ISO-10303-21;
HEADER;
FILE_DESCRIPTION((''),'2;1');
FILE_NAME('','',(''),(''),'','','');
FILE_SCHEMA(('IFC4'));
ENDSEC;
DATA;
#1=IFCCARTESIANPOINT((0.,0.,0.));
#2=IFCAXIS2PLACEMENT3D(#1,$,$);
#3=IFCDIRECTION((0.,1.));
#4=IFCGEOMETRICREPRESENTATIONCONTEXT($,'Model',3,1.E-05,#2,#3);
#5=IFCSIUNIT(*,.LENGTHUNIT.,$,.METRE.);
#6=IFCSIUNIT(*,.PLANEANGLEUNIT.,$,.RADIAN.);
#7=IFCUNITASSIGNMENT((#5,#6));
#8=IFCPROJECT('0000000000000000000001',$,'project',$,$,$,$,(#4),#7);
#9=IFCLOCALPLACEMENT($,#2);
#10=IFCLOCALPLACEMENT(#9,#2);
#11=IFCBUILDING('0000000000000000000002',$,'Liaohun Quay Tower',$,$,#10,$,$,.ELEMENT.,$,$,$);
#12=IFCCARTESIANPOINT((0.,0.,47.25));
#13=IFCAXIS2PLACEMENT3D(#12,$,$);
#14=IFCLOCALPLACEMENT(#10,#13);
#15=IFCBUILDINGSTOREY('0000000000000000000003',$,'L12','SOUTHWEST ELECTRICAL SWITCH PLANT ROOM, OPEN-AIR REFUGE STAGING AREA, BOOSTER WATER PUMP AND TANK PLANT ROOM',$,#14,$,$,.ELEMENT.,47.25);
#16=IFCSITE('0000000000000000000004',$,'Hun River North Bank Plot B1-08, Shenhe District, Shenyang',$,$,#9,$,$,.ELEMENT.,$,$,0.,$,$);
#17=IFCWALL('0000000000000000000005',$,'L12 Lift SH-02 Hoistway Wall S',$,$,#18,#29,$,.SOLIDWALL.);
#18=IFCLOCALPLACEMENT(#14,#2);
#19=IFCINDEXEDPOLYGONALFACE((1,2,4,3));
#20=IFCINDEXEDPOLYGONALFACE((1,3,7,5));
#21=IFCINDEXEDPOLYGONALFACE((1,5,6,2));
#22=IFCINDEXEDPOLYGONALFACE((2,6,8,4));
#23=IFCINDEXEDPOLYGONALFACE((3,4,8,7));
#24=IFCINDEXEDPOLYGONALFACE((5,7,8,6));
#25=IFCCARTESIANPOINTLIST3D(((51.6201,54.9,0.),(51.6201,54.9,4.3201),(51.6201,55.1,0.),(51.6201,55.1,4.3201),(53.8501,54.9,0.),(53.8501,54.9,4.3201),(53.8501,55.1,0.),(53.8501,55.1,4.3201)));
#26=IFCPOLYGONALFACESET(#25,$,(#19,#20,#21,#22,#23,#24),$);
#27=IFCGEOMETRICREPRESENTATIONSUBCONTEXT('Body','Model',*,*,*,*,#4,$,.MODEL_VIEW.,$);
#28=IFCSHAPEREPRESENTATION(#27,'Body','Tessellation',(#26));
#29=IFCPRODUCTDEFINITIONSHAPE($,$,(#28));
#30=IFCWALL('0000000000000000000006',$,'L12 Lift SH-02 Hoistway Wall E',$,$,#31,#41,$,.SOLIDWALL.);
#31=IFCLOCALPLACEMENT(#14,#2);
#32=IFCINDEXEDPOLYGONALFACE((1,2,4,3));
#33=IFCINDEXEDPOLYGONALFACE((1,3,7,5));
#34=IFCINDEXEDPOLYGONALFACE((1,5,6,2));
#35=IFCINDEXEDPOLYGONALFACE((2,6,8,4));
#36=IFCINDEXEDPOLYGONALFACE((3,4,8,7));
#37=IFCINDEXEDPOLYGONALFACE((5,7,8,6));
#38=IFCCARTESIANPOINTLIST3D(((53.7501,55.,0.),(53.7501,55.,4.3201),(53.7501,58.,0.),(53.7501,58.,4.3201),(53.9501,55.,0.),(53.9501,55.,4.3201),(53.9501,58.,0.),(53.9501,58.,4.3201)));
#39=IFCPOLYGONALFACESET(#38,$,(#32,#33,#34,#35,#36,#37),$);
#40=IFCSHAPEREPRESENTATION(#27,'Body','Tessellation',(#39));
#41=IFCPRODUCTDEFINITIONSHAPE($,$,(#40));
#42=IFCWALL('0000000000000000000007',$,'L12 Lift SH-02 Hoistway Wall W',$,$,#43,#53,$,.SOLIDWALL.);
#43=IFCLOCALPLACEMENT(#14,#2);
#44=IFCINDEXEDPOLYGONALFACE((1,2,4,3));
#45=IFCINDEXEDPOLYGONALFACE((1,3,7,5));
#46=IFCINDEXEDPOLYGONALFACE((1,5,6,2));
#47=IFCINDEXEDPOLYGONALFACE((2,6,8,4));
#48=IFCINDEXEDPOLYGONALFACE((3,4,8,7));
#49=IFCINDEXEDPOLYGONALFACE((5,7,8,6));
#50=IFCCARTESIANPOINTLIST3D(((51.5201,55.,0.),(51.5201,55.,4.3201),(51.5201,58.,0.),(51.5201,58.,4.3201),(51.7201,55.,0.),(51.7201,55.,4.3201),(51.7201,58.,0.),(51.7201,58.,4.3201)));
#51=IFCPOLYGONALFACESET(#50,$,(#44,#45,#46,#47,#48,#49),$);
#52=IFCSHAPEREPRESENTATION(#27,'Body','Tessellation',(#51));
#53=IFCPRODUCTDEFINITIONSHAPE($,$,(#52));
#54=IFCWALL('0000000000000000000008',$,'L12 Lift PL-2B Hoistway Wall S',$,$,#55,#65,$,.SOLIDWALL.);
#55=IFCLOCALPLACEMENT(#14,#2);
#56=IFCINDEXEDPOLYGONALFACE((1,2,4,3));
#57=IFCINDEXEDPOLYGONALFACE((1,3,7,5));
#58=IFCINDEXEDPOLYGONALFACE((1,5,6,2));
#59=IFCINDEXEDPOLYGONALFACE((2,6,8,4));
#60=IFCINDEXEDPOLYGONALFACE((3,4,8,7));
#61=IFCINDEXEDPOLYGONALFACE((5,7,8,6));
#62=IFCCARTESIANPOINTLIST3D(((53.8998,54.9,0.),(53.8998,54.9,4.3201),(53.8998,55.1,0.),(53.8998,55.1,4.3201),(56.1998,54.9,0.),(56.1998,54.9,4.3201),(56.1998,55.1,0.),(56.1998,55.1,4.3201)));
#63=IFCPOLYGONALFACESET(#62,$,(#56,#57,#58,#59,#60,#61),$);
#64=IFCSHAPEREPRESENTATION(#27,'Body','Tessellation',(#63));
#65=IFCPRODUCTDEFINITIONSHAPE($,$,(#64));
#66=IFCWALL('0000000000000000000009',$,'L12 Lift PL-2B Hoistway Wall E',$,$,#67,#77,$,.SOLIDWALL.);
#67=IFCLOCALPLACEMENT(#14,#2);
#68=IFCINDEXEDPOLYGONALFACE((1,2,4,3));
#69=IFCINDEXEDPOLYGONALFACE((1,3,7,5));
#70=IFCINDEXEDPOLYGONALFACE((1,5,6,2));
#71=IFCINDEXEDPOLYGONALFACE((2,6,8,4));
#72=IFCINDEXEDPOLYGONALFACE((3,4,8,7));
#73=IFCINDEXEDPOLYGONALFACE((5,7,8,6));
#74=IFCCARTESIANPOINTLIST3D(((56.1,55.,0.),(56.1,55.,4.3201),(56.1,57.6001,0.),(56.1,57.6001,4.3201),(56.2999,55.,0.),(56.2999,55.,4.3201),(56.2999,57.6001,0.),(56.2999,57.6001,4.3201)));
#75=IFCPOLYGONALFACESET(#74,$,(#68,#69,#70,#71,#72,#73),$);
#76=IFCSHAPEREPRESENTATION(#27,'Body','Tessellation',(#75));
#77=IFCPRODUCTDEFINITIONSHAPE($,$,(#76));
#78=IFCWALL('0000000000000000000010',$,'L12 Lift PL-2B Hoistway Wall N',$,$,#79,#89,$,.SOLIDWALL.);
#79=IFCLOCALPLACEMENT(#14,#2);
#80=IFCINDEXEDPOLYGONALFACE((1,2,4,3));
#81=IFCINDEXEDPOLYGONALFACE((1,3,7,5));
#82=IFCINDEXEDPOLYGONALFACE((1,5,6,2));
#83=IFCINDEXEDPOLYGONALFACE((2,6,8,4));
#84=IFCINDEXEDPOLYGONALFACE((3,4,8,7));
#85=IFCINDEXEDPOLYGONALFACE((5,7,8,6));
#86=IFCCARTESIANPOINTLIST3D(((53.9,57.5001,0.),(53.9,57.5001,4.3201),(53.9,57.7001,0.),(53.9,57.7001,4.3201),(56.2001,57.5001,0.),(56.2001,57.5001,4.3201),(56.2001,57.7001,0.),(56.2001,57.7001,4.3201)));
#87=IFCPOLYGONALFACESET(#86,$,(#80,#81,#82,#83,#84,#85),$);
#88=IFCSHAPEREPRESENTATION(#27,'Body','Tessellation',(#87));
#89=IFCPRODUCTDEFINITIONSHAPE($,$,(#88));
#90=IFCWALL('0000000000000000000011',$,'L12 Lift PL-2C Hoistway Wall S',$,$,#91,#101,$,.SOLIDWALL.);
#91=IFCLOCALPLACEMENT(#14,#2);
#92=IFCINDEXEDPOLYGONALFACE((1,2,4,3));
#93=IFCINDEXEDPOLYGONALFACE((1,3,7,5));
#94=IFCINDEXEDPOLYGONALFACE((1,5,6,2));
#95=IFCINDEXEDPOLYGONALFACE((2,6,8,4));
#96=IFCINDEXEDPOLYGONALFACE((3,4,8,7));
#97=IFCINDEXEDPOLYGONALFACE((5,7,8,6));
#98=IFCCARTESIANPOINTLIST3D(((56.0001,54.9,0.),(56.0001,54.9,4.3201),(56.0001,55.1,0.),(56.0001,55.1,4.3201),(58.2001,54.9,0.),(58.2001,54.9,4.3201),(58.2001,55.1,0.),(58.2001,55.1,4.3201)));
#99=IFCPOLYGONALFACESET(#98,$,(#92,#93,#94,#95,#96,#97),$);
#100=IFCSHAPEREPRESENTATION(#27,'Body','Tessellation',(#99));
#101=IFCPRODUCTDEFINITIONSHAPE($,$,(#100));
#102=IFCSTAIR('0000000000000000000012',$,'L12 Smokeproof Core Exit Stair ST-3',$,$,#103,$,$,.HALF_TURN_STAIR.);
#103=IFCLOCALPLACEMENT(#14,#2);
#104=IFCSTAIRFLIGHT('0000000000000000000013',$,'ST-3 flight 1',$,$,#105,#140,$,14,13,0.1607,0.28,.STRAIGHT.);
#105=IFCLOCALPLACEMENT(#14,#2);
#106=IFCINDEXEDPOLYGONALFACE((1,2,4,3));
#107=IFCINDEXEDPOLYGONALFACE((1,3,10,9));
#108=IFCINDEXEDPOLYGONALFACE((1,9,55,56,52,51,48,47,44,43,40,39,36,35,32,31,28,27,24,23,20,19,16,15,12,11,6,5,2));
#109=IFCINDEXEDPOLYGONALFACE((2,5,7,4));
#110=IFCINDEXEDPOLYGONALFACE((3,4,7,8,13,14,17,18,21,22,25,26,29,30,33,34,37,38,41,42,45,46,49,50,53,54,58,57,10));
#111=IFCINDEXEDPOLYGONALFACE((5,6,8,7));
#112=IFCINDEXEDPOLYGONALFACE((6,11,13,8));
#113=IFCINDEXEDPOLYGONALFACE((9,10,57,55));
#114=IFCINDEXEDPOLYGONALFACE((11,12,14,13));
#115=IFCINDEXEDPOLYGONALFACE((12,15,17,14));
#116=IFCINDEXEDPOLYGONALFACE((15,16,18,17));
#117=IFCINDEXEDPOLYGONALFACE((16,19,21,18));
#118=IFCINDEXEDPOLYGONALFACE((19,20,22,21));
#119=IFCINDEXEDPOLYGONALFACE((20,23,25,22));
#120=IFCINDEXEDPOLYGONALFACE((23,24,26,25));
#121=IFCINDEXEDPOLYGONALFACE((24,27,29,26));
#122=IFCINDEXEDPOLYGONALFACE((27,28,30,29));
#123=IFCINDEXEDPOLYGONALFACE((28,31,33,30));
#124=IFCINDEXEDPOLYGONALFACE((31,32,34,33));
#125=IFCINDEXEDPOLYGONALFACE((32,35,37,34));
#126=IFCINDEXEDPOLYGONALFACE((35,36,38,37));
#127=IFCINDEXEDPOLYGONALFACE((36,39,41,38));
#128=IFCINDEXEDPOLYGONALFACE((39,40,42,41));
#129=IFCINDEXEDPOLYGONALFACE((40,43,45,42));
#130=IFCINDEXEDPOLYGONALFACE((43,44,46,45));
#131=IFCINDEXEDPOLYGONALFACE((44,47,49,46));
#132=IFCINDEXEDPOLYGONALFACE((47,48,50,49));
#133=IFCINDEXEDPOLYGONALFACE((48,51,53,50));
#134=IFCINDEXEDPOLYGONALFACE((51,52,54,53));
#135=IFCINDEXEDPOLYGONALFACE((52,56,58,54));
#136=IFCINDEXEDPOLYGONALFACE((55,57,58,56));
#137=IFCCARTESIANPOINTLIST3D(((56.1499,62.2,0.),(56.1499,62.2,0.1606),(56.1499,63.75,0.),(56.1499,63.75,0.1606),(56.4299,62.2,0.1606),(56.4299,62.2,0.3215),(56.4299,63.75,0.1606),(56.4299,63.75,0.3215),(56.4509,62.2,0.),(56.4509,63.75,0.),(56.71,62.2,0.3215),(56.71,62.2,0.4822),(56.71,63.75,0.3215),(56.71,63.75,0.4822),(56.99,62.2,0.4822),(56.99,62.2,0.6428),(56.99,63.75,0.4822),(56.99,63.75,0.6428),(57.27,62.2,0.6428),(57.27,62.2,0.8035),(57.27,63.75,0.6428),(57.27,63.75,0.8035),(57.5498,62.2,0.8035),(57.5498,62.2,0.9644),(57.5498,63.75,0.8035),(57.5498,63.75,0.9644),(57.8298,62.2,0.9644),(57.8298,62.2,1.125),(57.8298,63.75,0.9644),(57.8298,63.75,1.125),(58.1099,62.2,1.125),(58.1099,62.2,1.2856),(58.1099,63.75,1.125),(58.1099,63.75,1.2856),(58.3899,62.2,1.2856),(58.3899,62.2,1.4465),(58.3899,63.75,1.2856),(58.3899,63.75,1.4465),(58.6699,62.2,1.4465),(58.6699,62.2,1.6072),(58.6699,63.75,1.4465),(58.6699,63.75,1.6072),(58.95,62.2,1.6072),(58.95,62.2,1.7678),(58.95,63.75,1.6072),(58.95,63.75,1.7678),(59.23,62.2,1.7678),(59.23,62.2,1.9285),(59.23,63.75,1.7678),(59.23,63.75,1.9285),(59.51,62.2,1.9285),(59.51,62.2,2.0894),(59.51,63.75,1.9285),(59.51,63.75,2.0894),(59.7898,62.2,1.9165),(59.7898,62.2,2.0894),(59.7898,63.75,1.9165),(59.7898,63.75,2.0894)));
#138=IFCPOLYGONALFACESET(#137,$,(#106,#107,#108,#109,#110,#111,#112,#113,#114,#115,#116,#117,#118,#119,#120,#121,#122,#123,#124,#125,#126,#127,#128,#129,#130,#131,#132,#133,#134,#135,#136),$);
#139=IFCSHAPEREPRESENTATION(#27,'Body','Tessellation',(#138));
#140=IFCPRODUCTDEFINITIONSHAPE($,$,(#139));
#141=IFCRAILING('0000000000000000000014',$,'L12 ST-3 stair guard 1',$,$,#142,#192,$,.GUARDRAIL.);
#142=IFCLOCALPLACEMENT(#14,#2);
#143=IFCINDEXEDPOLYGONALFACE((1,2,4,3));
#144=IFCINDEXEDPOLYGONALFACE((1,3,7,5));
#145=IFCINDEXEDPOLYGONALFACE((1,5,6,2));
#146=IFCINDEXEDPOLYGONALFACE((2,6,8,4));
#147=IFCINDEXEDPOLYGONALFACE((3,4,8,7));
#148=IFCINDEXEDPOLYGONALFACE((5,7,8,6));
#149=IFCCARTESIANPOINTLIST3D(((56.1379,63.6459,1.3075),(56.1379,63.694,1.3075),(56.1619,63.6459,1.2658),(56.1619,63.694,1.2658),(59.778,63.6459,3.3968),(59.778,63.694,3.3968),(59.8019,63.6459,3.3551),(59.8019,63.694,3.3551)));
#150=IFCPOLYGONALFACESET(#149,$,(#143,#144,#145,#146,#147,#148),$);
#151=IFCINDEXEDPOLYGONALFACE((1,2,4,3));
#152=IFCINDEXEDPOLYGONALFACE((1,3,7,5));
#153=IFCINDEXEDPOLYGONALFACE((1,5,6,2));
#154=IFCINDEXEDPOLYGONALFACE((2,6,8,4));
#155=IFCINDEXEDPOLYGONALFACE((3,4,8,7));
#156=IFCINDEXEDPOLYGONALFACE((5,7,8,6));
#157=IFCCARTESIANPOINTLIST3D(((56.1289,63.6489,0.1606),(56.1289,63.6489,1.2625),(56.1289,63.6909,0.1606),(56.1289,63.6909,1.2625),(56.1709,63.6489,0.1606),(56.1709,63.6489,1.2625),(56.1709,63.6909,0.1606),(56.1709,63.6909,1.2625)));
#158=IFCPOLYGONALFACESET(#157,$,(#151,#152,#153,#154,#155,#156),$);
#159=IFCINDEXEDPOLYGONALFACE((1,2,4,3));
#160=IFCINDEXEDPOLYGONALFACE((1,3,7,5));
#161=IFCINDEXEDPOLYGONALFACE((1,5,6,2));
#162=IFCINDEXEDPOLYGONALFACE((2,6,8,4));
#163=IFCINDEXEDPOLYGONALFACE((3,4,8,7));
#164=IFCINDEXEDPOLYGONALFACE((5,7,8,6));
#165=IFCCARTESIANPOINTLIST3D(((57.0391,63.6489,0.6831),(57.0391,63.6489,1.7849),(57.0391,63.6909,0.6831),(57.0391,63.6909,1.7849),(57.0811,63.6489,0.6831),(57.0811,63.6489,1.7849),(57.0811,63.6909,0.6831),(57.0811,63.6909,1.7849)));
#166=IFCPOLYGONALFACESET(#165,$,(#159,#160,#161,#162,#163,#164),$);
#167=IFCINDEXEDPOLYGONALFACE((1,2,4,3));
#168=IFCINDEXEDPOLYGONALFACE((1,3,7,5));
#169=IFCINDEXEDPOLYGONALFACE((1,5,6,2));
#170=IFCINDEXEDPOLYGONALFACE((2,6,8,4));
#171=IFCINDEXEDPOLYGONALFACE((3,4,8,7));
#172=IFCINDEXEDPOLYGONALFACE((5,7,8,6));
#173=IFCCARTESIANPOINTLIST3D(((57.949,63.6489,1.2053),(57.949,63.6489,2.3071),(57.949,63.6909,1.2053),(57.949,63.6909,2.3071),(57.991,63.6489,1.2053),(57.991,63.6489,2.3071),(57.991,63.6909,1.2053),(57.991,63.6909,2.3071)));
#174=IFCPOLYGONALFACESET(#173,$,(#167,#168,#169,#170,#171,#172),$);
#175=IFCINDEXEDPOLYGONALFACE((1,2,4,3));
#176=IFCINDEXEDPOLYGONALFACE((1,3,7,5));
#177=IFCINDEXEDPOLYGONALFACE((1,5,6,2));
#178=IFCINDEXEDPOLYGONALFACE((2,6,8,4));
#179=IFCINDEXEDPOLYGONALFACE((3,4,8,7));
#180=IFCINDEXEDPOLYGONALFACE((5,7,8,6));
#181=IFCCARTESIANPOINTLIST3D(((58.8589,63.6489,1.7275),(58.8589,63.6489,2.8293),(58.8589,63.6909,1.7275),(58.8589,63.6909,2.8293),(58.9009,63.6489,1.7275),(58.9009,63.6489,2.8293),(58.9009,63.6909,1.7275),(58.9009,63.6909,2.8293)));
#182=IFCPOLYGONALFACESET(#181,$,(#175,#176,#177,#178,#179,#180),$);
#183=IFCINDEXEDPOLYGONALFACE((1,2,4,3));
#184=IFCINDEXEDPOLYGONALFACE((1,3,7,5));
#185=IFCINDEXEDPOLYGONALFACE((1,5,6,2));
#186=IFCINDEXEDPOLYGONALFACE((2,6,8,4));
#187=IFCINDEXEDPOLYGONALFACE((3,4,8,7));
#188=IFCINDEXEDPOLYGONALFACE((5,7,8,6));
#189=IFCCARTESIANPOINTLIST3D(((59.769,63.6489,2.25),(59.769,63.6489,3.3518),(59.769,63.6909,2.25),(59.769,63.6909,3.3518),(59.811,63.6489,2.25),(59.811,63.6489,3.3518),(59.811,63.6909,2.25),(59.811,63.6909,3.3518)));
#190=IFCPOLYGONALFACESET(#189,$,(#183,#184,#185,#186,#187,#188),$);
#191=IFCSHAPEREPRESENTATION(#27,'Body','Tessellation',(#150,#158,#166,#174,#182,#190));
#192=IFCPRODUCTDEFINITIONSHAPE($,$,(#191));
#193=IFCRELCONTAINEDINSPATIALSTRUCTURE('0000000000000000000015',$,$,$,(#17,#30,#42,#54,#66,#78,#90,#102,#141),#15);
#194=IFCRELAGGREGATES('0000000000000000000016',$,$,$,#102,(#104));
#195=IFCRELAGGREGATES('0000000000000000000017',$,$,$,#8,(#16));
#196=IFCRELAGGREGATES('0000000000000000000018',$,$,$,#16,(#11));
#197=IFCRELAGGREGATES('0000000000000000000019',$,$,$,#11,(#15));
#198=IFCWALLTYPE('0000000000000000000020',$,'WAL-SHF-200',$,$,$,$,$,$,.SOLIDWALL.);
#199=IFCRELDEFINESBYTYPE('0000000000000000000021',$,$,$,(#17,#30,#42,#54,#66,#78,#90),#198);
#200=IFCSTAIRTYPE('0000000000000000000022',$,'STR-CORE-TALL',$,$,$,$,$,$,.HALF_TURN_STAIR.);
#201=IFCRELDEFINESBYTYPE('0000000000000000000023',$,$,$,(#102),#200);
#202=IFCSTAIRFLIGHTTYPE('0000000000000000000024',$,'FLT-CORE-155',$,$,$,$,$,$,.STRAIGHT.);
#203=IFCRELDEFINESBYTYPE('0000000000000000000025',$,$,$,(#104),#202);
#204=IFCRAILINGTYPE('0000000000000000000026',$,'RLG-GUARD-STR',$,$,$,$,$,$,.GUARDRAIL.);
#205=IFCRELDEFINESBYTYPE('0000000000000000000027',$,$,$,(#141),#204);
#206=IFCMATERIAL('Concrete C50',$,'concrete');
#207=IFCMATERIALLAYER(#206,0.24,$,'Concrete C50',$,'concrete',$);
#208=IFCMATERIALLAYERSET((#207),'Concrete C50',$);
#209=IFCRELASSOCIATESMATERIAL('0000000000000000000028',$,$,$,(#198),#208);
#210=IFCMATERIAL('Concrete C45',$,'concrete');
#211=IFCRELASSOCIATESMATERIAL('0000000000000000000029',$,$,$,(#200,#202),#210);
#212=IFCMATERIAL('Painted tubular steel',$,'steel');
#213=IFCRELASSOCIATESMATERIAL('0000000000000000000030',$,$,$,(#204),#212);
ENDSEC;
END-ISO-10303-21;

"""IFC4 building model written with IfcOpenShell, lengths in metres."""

from ifc_helpers import new_model, si_unit, direction, frame, frame_2d, origin, origin_2d, place, context, subcontext, project, spatial, polyline, rectangle, outline, extrude, material, layer, layer_set, type_object, element, aggregate, save


model = new_model("IFC4")

# Units and contexts
model_context = context("Model", 3, precision=1e-05, world=origin(), true_north=direction((0.0, 1.0)))
body_context = subcontext(model_context, "Body", "Model", "MODEL_VIEW")
ifc_project = project(units=[si_unit("LENGTHUNIT", "METRE"), si_unit("PLANEANGLEUNIT", "RADIAN")], contexts=[model_context])

# Site, building, storey
site_placement = place(None, origin())
site = spatial("IfcSite", under=ifc_project, at=site_placement, Name="Hun River North Bank Plot B1-08, Shenhe District, Shenyang", CompositionType="ELEMENT", RefElevation=0.0)
building_placement = place(site_placement, origin())
building = spatial("IfcBuilding", under=site, at=building_placement, Name="Liaohun Quay Tower", CompositionType="ELEMENT")
storey_placement = place(building_placement, frame((0.0, 0.0, 47.25)))
storey = spatial("IfcBuildingStorey", under=building, at=storey_placement, Name="L12", Description="SOUTHWEST ELECTRICAL SWITCH PLANT ROOM, OPEN-AIR REFUGE STAGING AREA, BOOSTER WATER PUMP AND TANK PLANT ROOM", CompositionType="ELEMENT", Elevation=47.25)

# Shared definitions
ifc_material_1 = material(Name="Concrete C50", Category="concrete")
ifc_layer_1 = layer(ifc_material_1, 0.24, Name="Concrete C50", Category="concrete")
ifc_layer_set_1 = layer_set([ifc_layer_1], Name="Concrete C50")
wall_type_1 = type_object("IfcWallType", Name="WAL-SHF-200", PredefinedType="SOLIDWALL", material=ifc_layer_set_1)

# Walls
wall_1_placement = place(storey_placement, frame((51.6201, 55.0, 0.0), z_axis=(0.0, 0.0, 1.0), x_axis=(1.0, 0.0, 0.0)))
element("IfcWall", 1, at=wall_1_placement, inside=storey, type_object=wall_type_1, Name="L12 Lift SH-02 Hoistway Wall S", PredefinedType="SOLIDWALL", context=body_context, shape_type="SweptSolid", body=[
    extrude(rectangle(XDim=2.23, YDim=0.2, at=frame_2d((1.115, 0.0))), origin(), (0.0, 0.0, 1.0), 4.3201),
])
for number, where, z_axis, x_axis, name in (
    (2, (53.8501, 55.0, 0.0), (0.0, 0.0, 1.0), (0.0, 1.0, 0.0), "L12 Lift SH-02 Hoistway Wall E"),
    (3, (51.6201, 58.0, 0.0), (0.0, 0.0, 1.0), (0.0, -1.0, 0.0), "L12 Lift SH-02 Hoistway Wall W"),
):
    element("IfcWall", number, at=place(storey_placement, frame(where, z_axis=z_axis, x_axis=x_axis)), inside=storey, type_object=wall_type_1, Name=name, PredefinedType="SOLIDWALL", context=body_context, shape_type="SweptSolid", body=[
        extrude(rectangle(XDim=3.0, YDim=0.2, at=frame_2d((1.5, 0.0))), origin(), (0.0, 0.0, 1.0), 4.3201),
    ])
wall_2_placement = place(storey_placement, frame((53.8999, 55.0, 0.0), z_axis=(0.0, 0.0, 1.0), x_axis=(1.0, 0.0, 0.0)))
element("IfcWall", 4, at=wall_2_placement, inside=storey, type_object=wall_type_1, Name="L12 Lift PL-2B Hoistway Wall S", PredefinedType="SOLIDWALL", context=body_context, shape_type="SweptSolid", body=[
    extrude(rectangle(XDim=2.3, YDim=0.2, at=frame_2d((1.1499, 0.0))), origin(), (0.0, 0.0, 1.0), 4.3201),
])
wall_3_placement = place(storey_placement, frame((56.2, 55.0, 0.0), z_axis=(0.0, 0.0, 1.0), x_axis=(0.0, 1.0, 0.0)))
element("IfcWall", 5, at=wall_3_placement, inside=storey, type_object=wall_type_1, Name="L12 Lift PL-2B Hoistway Wall E", PredefinedType="SOLIDWALL", context=body_context, shape_type="SweptSolid", body=[
    extrude(rectangle(XDim=2.6001, YDim=0.2, at=frame_2d((1.3, 0.0))), origin(), (0.0, 0.0, 1.0), 4.3201),
])
wall_4_placement = place(storey_placement, frame((56.2, 57.6001, 0.0), z_axis=(0.0, 0.0, 1.0), x_axis=(-1.0, 0.0, 0.0)))
element("IfcWall", 6, at=wall_4_placement, inside=storey, type_object=wall_type_1, Name="L12 Lift PL-2B Hoistway Wall N", PredefinedType="SOLIDWALL", context=body_context, shape_type="SweptSolid", body=[
    extrude(rectangle(XDim=2.3, YDim=0.2, at=frame_2d((1.1499, 0.0))), origin(), (0.0, 0.0, 1.0), 4.3201),
])
wall_5_placement = place(storey_placement, frame((56.0, 55.0, 0.0), z_axis=(0.0, 0.0, 1.0), x_axis=(1.0, 0.0, 0.0)))
element("IfcWall", 7, at=wall_5_placement, inside=storey, type_object=wall_type_1, Name="L12 Lift PL-2C Hoistway Wall S", PredefinedType="SOLIDWALL", context=body_context, shape_type="SweptSolid", body=[
    extrude(rectangle(XDim=2.2, YDim=0.2, at=frame_2d((1.1001, 0.0))), origin(), (0.0, 0.0, 1.0), 4.3201),
])

# Stair, stair flight
ifc_material_2 = material(Name="Concrete C45", Category="concrete")
stair_type = type_object("IfcStairType", Name="STR-CORE-TALL", PredefinedType="HALF_TURN_STAIR", material=ifc_material_2)
stair_placement = place(storey_placement, origin())
stair = element("IfcStair", 8, at=stair_placement, inside=storey, type_object=stair_type, Name="L12 Smokeproof Core Exit Stair ST-3", PredefinedType="HALF_TURN_STAIR")
stair_flight_type = type_object("IfcStairFlightType", Name="FLT-CORE-155", PredefinedType="STRAIGHT", material=ifc_material_2)
stair_flight_placement = place(storey_placement, frame((56.1499, 62.9751, 0.0), z_axis=(0.0, 0.0, 1.0), x_axis=(1.0, 0.0, 0.0)))
stair_flight = element("IfcStairFlight", 9, at=stair_flight_placement, type_object=stair_flight_type, Name="ST-3 flight 1", NumberOfRisers=14, NumberOfTreads=13, PredefinedType="STRAIGHT", RiserHeight=0.1607, TreadLength=0.28, context=body_context, shape_type="SweptSolid", body=[
    extrude(outline(polyline([(0.0, 0.0), (0.0, 0.1606), (0.28, 0.1606), (0.28, 0.3215), (0.5601, 0.3215), (0.5601, 0.4822), (0.8401, 0.4822), (0.8401, 0.6428), (1.1201, 0.6428), (1.1201, 0.8035), (1.3999, 0.8035), (1.3999, 0.9644), (1.6799, 0.9644), (1.6799, 1.125), (1.96, 1.125), (1.96, 1.2856), (2.24, 1.2856), (2.24, 1.4465), (2.52, 1.4465), (2.52, 1.6072), (2.8, 1.6072), (2.8, 1.7678), (3.0801, 1.7678), (3.0801, 1.9285), (3.3601, 1.9285), (3.3601, 2.0894), (3.6399, 2.0894), (3.6399, 2.25), (3.6399, 1.9165), (0.301, 0.0), (0.0, 0.0)])), frame((0.0, 0.7749, 0.0), z_axis=(0.0, -1.0, 0.0), x_axis=(1.0, 0.0, 0.0)), (0.0, 0.0, 1.0), 1.55),
])
aggregate(stair, [stair_flight])

# Railing
ifc_material_3 = material(Name="Painted tubular steel", Category="steel")
railing_type_1 = type_object("IfcRailingType", Name="RLG-GUARD-STR", PredefinedType="GUARDRAIL", material=ifc_material_3)
railing_1_placement = place(storey_placement, frame((56.1499, 63.6699, 0.1606)))
element("IfcRailing", 10, at=railing_1_placement, inside=storey, type_object=railing_type_1, Name="L12 ST-3 stair guard 1", PredefinedType="GUARDRAIL", context=body_context, shape_type="SweptSolid", body=[
    extrude(rectangle(XDim=0.0481, YDim=0.0481, at=origin_2d()), frame((0.0, 0.0, 1.126), z_axis=(0.867289, 0.0, 0.497804), x_axis=(0.0, 1.0, 0.0)), (0.0, 0.0, 1.0), 4.197),
    extrude(rectangle(XDim=0.042, YDim=0.042, at=origin_2d()), origin(), (0.0, 0.0, 1.0), 1.1018),
    extrude(rectangle(XDim=0.042, YDim=0.042, at=origin_2d()), frame((0.9102, 0.0, 0.5225)), (0.0, 0.0, 1.0), 1.1018),
    extrude(rectangle(XDim=0.042, YDim=0.042, at=origin_2d()), frame((1.8201, 0.0, 1.0447)), (0.0, 0.0, 1.0), 1.1018),
    extrude(rectangle(XDim=0.042, YDim=0.042, at=origin_2d()), frame((2.73, 0.0, 1.5669)), (0.0, 0.0, 1.0), 1.1018),
    extrude(rectangle(XDim=0.042, YDim=0.042, at=origin_2d()), frame((3.6401, 0.0, 2.0894)), (0.0, 0.0, 1.0), 1.1018),
])

save(model, "model.ifc")
